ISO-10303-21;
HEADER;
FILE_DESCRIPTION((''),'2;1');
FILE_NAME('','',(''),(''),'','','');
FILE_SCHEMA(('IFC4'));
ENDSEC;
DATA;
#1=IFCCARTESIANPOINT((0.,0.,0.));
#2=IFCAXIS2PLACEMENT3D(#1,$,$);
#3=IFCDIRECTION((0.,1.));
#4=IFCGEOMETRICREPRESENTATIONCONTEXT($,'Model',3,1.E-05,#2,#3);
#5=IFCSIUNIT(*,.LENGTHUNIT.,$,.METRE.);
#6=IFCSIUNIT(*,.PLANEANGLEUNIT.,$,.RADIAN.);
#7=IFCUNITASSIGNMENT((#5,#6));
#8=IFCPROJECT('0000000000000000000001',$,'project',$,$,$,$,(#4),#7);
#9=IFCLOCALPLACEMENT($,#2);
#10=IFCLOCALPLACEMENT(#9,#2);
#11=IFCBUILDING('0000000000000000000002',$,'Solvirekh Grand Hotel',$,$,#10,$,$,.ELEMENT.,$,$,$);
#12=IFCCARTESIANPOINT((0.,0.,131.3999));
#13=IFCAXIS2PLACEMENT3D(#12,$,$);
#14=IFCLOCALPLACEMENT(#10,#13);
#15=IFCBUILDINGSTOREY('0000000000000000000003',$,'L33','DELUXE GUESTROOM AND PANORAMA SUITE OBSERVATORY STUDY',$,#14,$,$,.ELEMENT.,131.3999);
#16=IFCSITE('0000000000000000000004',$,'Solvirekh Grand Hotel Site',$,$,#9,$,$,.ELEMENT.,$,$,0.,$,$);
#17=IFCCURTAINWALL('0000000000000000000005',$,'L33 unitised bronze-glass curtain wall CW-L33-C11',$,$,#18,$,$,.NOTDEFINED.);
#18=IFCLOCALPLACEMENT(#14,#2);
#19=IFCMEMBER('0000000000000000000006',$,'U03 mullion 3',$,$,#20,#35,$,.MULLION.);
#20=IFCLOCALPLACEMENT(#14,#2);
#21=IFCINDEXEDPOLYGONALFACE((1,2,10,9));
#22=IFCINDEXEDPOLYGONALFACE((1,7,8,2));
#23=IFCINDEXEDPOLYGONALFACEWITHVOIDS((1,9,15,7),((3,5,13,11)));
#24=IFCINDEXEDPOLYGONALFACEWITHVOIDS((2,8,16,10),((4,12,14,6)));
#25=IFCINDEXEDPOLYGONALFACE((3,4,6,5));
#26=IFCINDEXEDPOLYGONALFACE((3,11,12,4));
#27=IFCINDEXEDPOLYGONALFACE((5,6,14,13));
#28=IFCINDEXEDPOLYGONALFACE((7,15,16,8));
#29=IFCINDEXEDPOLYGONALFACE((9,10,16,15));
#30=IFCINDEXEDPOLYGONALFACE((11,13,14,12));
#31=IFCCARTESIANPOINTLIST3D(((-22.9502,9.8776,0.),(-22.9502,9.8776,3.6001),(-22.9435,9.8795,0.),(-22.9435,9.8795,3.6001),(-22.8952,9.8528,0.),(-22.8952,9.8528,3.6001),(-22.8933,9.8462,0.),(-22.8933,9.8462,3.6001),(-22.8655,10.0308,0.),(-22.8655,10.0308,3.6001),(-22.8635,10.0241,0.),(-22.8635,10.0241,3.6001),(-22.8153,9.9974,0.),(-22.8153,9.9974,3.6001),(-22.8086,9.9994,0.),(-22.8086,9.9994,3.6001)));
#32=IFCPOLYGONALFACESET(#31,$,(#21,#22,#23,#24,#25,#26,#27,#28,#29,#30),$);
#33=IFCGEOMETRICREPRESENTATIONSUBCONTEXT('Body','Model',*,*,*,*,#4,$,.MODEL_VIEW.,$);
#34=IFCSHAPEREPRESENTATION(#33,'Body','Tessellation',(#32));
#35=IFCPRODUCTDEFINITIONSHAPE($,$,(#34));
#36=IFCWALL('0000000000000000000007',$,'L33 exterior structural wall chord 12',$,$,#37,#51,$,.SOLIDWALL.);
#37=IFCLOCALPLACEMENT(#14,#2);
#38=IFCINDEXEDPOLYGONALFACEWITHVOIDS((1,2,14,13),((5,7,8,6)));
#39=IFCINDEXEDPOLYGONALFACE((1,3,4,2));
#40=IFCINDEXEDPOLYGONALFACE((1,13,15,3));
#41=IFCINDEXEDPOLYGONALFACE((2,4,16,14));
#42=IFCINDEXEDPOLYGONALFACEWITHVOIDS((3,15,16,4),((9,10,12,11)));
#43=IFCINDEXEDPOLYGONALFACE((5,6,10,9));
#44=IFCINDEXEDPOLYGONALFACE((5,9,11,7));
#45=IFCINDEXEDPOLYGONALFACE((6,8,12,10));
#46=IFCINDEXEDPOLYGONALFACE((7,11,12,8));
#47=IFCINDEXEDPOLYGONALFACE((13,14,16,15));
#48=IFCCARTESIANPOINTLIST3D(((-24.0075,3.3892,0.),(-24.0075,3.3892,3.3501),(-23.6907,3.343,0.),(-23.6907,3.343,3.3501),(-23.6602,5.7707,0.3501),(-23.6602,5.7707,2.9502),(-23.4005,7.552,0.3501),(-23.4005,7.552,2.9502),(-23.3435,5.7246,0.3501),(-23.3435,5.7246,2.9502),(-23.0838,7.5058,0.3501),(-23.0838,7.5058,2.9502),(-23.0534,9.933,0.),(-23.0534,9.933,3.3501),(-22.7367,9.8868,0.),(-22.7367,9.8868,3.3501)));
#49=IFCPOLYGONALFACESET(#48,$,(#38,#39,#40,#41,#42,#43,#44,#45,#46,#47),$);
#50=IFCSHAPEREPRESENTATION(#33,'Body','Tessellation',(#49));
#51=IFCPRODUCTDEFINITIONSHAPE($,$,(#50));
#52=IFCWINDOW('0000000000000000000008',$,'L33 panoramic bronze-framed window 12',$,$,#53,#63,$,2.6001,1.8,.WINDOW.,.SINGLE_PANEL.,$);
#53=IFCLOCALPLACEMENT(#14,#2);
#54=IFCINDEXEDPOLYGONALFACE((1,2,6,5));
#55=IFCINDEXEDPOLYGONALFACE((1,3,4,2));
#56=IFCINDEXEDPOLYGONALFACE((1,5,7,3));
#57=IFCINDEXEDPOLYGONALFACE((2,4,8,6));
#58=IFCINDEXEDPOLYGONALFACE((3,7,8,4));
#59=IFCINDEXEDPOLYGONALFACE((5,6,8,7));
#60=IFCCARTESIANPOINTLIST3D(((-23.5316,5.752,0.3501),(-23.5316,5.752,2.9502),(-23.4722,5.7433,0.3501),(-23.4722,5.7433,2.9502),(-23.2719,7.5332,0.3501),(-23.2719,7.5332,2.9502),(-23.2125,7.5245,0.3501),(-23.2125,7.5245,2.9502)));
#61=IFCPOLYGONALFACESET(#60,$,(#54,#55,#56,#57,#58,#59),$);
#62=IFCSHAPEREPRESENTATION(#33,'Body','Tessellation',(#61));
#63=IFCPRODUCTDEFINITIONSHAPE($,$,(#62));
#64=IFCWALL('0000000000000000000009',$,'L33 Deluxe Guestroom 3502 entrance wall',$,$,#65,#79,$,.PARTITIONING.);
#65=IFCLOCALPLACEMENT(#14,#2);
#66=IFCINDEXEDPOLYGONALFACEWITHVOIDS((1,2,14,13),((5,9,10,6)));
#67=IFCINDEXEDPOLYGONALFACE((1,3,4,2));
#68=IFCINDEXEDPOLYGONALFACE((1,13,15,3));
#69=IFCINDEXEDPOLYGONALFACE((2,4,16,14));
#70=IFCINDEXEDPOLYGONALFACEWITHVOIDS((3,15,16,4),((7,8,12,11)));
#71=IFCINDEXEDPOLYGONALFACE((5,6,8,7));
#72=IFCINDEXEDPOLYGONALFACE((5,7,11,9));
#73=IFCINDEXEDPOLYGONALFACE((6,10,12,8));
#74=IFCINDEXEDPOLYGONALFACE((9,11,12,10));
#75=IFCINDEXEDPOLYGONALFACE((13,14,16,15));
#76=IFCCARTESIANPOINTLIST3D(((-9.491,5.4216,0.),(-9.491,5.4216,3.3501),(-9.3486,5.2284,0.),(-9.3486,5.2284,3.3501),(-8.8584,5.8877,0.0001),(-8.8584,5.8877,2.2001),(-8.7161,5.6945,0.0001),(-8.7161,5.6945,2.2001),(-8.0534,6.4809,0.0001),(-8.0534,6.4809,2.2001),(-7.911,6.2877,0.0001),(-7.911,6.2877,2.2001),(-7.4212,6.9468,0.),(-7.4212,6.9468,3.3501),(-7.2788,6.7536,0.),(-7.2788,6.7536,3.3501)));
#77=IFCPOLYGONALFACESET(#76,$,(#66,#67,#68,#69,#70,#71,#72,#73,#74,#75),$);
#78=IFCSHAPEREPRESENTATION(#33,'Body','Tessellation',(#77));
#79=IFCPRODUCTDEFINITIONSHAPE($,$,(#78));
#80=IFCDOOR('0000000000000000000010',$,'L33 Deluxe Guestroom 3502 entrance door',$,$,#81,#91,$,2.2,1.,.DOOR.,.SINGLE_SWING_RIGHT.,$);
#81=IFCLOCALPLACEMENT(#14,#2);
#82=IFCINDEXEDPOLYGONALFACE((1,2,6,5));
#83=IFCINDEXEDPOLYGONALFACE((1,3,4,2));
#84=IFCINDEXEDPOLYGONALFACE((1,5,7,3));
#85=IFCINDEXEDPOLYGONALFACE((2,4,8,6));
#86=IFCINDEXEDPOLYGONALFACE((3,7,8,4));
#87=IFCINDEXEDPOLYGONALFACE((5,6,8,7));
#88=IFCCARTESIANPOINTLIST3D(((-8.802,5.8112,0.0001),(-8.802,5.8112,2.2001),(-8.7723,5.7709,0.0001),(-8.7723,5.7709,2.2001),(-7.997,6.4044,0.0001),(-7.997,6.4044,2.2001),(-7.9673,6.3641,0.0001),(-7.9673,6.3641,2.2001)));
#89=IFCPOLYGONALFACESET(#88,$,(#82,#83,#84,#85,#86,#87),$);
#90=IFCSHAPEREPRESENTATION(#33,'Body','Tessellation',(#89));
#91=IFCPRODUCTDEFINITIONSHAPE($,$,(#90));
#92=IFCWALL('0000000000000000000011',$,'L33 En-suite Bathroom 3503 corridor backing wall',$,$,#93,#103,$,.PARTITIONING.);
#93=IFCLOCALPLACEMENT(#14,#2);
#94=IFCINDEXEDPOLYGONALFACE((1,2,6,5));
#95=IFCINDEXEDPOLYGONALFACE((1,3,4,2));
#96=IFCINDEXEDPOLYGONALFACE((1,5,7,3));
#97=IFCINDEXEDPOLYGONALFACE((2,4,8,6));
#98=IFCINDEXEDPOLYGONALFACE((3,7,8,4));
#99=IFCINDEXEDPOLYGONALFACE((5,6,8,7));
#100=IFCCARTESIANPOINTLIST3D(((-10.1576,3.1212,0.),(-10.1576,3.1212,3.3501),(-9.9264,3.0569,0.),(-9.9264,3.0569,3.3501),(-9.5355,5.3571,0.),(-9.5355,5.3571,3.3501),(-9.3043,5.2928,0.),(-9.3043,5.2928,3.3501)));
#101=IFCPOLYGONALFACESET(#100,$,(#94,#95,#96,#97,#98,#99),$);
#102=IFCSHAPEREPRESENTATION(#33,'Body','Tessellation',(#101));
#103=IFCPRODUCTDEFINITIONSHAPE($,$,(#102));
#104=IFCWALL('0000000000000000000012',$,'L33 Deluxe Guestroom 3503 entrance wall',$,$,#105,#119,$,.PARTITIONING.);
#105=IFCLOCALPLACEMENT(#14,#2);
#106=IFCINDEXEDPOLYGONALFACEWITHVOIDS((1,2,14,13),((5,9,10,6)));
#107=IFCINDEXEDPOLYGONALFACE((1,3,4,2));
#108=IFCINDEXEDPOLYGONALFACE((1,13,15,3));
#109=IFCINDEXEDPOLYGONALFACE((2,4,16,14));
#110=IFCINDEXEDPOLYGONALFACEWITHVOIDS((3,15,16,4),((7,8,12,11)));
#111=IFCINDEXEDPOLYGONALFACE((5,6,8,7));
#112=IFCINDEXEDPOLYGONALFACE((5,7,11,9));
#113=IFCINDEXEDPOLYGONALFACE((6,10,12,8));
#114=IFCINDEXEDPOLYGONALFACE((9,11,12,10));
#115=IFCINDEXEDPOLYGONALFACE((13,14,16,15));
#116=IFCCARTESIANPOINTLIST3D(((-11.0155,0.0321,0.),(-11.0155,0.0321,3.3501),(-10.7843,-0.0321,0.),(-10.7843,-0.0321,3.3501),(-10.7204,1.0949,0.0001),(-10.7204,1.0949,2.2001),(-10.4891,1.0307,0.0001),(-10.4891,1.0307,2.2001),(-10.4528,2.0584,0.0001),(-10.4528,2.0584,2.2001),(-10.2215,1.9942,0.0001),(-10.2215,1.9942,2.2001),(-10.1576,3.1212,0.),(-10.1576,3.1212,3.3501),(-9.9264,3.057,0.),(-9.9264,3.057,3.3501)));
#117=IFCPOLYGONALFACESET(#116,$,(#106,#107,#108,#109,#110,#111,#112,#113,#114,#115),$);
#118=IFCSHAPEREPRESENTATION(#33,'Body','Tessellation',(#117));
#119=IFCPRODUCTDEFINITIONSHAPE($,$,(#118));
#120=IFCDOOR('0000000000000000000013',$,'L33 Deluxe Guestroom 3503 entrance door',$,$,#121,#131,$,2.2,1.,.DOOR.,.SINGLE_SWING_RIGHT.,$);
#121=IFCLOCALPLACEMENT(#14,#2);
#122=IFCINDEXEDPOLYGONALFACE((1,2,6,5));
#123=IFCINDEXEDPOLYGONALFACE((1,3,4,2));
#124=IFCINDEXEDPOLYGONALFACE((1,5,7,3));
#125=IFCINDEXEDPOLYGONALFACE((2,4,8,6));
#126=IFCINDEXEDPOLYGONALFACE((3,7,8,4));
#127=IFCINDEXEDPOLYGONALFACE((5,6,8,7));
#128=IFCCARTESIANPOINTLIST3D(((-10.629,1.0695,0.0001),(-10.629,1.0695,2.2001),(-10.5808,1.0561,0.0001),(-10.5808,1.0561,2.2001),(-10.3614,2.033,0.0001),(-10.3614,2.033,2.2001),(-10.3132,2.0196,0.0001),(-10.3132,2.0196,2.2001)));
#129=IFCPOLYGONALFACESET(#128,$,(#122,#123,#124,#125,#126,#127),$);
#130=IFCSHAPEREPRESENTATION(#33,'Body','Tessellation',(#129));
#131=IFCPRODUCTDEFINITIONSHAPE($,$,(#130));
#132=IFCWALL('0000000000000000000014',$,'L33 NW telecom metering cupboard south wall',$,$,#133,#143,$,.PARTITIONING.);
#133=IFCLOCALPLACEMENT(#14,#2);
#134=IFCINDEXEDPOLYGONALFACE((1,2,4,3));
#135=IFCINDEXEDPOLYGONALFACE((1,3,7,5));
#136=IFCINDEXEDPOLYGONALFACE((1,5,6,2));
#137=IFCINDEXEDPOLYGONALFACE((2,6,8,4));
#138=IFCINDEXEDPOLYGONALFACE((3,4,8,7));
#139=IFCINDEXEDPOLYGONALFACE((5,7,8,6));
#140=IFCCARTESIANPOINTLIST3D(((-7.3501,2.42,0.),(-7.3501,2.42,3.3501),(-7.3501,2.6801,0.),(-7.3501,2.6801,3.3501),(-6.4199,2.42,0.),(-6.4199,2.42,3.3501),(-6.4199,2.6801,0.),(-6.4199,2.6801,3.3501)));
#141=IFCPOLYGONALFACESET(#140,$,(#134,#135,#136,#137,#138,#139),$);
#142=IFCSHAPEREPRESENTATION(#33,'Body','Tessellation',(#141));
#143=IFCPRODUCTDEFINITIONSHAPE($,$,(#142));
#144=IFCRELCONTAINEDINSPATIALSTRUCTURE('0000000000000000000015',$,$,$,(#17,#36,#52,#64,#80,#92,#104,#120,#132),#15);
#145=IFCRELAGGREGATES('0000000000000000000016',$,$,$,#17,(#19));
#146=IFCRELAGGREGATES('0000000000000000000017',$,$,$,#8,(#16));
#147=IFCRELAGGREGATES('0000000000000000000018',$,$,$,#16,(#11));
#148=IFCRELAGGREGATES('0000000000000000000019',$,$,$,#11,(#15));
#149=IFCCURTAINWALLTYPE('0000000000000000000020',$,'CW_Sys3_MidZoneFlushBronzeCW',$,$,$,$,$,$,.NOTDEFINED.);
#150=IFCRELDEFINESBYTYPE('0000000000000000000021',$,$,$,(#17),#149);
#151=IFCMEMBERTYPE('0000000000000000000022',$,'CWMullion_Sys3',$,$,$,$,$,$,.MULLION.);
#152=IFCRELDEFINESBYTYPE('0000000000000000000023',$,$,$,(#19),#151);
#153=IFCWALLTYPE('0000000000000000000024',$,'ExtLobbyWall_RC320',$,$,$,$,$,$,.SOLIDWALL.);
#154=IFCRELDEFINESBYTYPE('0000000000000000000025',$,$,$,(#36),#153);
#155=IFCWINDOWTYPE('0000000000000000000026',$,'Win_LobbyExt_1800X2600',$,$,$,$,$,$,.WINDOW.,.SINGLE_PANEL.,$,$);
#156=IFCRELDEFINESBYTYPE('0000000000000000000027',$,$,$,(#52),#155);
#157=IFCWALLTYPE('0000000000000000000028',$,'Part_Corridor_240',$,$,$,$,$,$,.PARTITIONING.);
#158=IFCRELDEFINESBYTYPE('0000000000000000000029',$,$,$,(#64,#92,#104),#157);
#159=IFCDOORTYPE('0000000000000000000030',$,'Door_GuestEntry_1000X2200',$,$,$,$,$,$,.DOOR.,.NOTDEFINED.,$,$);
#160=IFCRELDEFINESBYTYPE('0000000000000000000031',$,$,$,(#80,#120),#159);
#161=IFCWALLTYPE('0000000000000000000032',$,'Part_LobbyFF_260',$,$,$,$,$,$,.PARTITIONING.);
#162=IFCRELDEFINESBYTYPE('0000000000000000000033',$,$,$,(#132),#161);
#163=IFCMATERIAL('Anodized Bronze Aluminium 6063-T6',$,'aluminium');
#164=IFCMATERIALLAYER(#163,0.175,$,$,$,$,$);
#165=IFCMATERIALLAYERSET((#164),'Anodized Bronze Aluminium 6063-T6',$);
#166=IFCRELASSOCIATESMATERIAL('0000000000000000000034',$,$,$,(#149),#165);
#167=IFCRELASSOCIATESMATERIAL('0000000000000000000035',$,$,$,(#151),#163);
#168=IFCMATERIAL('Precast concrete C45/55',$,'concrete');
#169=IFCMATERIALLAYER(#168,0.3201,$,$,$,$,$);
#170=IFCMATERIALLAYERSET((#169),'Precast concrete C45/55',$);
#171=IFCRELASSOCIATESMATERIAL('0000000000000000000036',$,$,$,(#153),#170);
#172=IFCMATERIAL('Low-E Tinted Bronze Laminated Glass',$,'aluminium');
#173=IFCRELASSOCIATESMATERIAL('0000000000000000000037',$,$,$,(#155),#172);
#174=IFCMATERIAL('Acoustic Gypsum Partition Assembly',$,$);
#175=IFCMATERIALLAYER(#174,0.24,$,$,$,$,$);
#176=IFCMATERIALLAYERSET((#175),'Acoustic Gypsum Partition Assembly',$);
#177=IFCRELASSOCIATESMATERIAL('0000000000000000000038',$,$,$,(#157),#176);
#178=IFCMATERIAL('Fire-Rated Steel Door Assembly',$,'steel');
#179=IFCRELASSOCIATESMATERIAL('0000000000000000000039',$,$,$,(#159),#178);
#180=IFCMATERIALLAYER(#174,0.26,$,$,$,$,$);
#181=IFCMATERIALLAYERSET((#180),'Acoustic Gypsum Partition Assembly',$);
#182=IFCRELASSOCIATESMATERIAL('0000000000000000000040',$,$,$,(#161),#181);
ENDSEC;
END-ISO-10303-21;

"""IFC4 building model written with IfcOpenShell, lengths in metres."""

from ifc_helpers import new_model, si_unit, direction, frame, frame_2d, origin, origin_2d, place, context, subcontext, project, spatial, rectangle, hollow_rectangle, extrude, source, transform, mapped, material, layer, layer_set, material_profile, profile_set, type_object, element, fill, aggregate, save


model = new_model("IFC4")

# Units and contexts
model_context = context("Model", 3, precision=1e-05, world=origin(), true_north=direction((0.0, 1.0)))
body_context = subcontext(model_context, "Body", "Model", "MODEL_VIEW")
ifc_project = project(units=[si_unit("LENGTHUNIT", "METRE"), si_unit("PLANEANGLEUNIT", "RADIAN")], contexts=[model_context])

# Site, building, storey
site_placement = place(None, origin())
site = spatial("IfcSite", under=ifc_project, at=site_placement, Name="Solvirekh Grand Hotel Site", CompositionType="ELEMENT", RefElevation=0.0)
building_placement = place(site_placement, origin())
building = spatial("IfcBuilding", under=site, at=building_placement, Name="Solvirekh Grand Hotel", CompositionType="ELEMENT")
storey_placement = place(building_placement, frame((0.0, 0.0, 131.3999)))
storey = spatial("IfcBuildingStorey", under=building, at=storey_placement, Name="L33", Description="DELUXE GUESTROOM AND PANORAMA SUITE OBSERVATORY STUDY", CompositionType="ELEMENT", Elevation=131.3999)

# Curtain wall, member
ifc_material_1 = material(Name="Anodized Bronze Aluminium 6063-T6", Category="aluminium")
ifc_layer_1 = layer(ifc_material_1, 0.175)
ifc_layer_set_1 = layer_set([ifc_layer_1], Name="Anodized Bronze Aluminium 6063-T6")
curtain_wall_type = type_object("IfcCurtainWallType", Name="CW_Sys3_MidZoneFlushBronzeCW", PredefinedType="NOTDEFINED", material=ifc_layer_set_1)
curtain_wall_placement = place(storey_placement, origin())
curtain_wall = element("IfcCurtainWall", 1, at=curtain_wall_placement, inside=storey, type_object=curtain_wall_type, Name="L33 unitised bronze-glass curtain wall CW-L33-C11", PredefinedType="NOTDEFINED")
ifc_material_profile_1 = material_profile(ifc_material_1, hollow_rectangle(XDim=0.0649, YDim=0.175, WallThickness=0.0049, at=origin_2d()), Name="ALU RHS 175X65X5")
ifc_profile_set_1 = profile_set([ifc_material_profile_1], Name="Anodized Bronze Aluminium 6063-T6")
member_type = type_object("IfcMemberType", Name="CWMullion_Sys3", PredefinedType="MULLION", material=ifc_profile_set_1)
shared_shape = source(origin(), body_context, "Body", "SweptSolid", [
    extrude(hollow_rectangle(XDim=0.0649, YDim=0.175, WallThickness=0.0049, at=origin_2d()), origin(), (0.0, 0.0, 1.0), 3.6001),
])
member_placement = place(storey_placement, frame((-22.8794, 9.9385, 0.0), z_axis=(0.0, 0.0, 1.0), x_axis=(0.875133, -0.483882, 0.0)))
member = element("IfcMember", 2, at=member_placement, type_object=member_type, Name="U03 mullion 3", PredefinedType="MULLION", context=body_context, shape_type="MappedRepresentation", body=[
    mapped(shared_shape, transform((0.0, 0.0, 0.0), x_axis=(1.0, 0.0, 0.0), y_axis=(0.0, 1.0, 0.0), z_axis=(0.0, 0.0, 1.0), scale=1.0)),
])
aggregate(curtain_wall, [member])

# Wall, opening, window
ifc_material_2 = material(Name="Precast concrete C45/55", Category="concrete")
ifc_layer_2 = layer(ifc_material_2, 0.3201)
ifc_layer_set_2 = layer_set([ifc_layer_2], Name="Precast concrete C45/55")
wall_type_1 = type_object("IfcWallType", Name="ExtLobbyWall_RC320", PredefinedType="SOLIDWALL", material=ifc_layer_set_2)
wall_1_placement = place(storey_placement, frame((-23.8491, 3.366, 0.0), z_axis=(0.0, 0.0, 1.0), x_axis=(0.144274, 0.989538, 0.0)))
wall_1 = element("IfcWall", 3, at=wall_1_placement, inside=storey, type_object=wall_type_1, Name="L33 exterior structural wall chord 12", PredefinedType="SOLIDWALL", context=body_context, shape_type="SweptSolid", body=[
    extrude(rectangle(XDim=6.613, YDim=0.3201, at=frame_2d((3.3066, 0.0))), origin(), (0.0, 0.0, 1.0), 3.3501),
])
opening_1_placement = place(wall_1_placement, frame((2.407, 0.0, 0.3501)))
opening_1 = element("IfcOpeningElement", 4, at=opening_1_placement, cuts=wall_1, PredefinedType="OPENING", context=body_context, shape_type="SweptSolid", body=[
    extrude(rectangle(XDim=1.8, YDim=2.6001, at=frame_2d((0.8999, 1.3))), frame((0.0, 0.1699, 0.0), z_axis=(0.0, -1.0, 0.0), x_axis=(1.0, 0.0, 0.0)), (0.0, 0.0, 1.0), 0.3401),
])
ifc_material_3 = material(Name="Low-E Tinted Bronze Laminated Glass", Category="aluminium")
window_type = type_object("IfcWindowType", Name="Win_LobbyExt_1800X2600", PartitioningType="SINGLE_PANEL", PredefinedType="WINDOW", material=ifc_material_3)
window_placement = place(opening_1_placement, origin())
window = element("IfcWindow", 5, at=window_placement, inside=storey, type_object=window_type, Name="L33 panoramic bronze-framed window 12", OverallHeight=2.6001, OverallWidth=1.8, PartitioningType="SINGLE_PANEL", PredefinedType="WINDOW", context=body_context, shape_type="SweptSolid", body=[
    extrude(rectangle(XDim=1.8, YDim=2.6001, at=frame_2d((0.8999, 1.3))), frame((0.0, 0.03, 0.0), z_axis=(0.0, -1.0, 0.0), x_axis=(1.0, 0.0, 0.0)), (0.0, 0.0, 1.0), 0.0601),
])
fill(opening_1, window)

# Wall, opening, door
ifc_material_4 = material(Name="Acoustic Gypsum Partition Assembly")
ifc_layer_3 = layer(ifc_material_4, 0.24)
ifc_layer_set_3 = layer_set([ifc_layer_3], Name="Acoustic Gypsum Partition Assembly")
wall_type_2 = type_object("IfcWallType", Name="Part_Corridor_240", PredefinedType="PARTITIONING", material=ifc_layer_set_3)
wall_2_placement = place(storey_placement, frame((-9.4199, 5.325, 0.0), z_axis=(0.0, 0.0, 1.0), x_axis=(0.805053, 0.593202, 0.0)))
wall_2 = element("IfcWall", 6, at=wall_2_placement, inside=storey, type_object=wall_type_2, Name="L33 Deluxe Guestroom 3502 entrance wall", PredefinedType="PARTITIONING", context=body_context, shape_type="SweptSolid", body=[
    extrude(rectangle(XDim=2.571, YDim=0.24, at=frame_2d((1.2856, 0.0))), origin(), (0.0, 0.0, 1.0), 3.3501),
])
opening_2_placement = place(wall_2_placement, frame((0.7859, 0.0, 0.0)))
opening_2 = element("IfcOpeningElement", 7, at=opening_2_placement, cuts=wall_2, PredefinedType="OPENING", context=body_context, shape_type="SweptSolid", body=[
    extrude(rectangle(XDim=1.0, YDim=2.2, at=frame_2d((0.5, 1.1001))), frame((0.0, 0.1299, 0.0), z_axis=(0.0, -1.0, 0.0), x_axis=(1.0, 0.0, 0.0)), (0.0, 0.0, 1.0), 0.26),
])
ifc_material_5 = material(Name="Fire-Rated Steel Door Assembly", Category="steel")
door_type_1 = type_object("IfcDoorType", Name="Door_GuestEntry_1000X2200", OperationType="NOTDEFINED", PredefinedType="DOOR", material=ifc_material_5)
door_1_placement = place(opening_2_placement, origin())
door_1 = element("IfcDoor", 8, at=door_1_placement, inside=storey, type_object=door_type_1, Name="L33 Deluxe Guestroom 3502 entrance door", OperationType="SINGLE_SWING_RIGHT", OverallHeight=2.2, OverallWidth=1.0, PredefinedType="DOOR", context=body_context, shape_type="SweptSolid", body=[
    extrude(rectangle(XDim=1.0, YDim=2.2, at=frame_2d((0.5, 1.1001))), frame((0.0, 0.0249, 0.0), z_axis=(0.0, -1.0, 0.0), x_axis=(1.0, 0.0, 0.0)), (0.0, 0.0, 1.0), 0.05),
])
fill(opening_2, door_1)

# Wall
wall_3_placement = place(storey_placement, frame((-9.4199, 5.325, 0.0), z_axis=(0.0, 0.0, 1.0), x_axis=(-0.268045, -0.963406, 0.0)))
element("IfcWall", 9, at=wall_3_placement, inside=storey, type_object=wall_type_2, Name="L33 En-suite Bathroom 3503 corridor backing wall", PredefinedType="PARTITIONING", context=body_context, shape_type="SweptSolid", body=[
    extrude(rectangle(XDim=2.3208, YDim=0.24, at=frame_2d((1.1604, 0.0))), origin(), (0.0, 0.0, 1.0), 3.3501),
])

# Wall, opening, door
wall_4_placement = place(storey_placement, frame((-10.042, 3.0891, 0.0), z_axis=(0.0, 0.0, 1.0), x_axis=(-0.267593, -0.963532, 0.0)))
wall_4 = element("IfcWall", 10, at=wall_4_placement, inside=storey, type_object=wall_type_2, Name="L33 Deluxe Guestroom 3503 entrance wall", PredefinedType="PARTITIONING", context=body_context, shape_type="SweptSolid", body=[
    extrude(rectangle(XDim=3.2061, YDim=0.24, at=frame_2d((1.603, 0.0))), origin(), (0.0, 0.0, 1.0), 3.3501),
])
opening_3_placement = place(wall_4_placement, frame((1.103, 0.0, 0.0)))
opening_3 = element("IfcOpeningElement", 11, at=opening_3_placement, cuts=wall_4, PredefinedType="OPENING", context=body_context, shape_type="SweptSolid", body=[
    extrude(rectangle(XDim=1.0, YDim=2.2, at=frame_2d((0.5, 1.1001))), frame((0.0, 0.1299, 0.0), z_axis=(0.0, -1.0, 0.0), x_axis=(1.0, 0.0, 0.0)), (0.0, 0.0, 1.0), 0.26),
])
door_2_placement = place(opening_3_placement, origin())
door_2 = element("IfcDoor", 12, at=door_2_placement, inside=storey, type_object=door_type_1, Name="L33 Deluxe Guestroom 3503 entrance door", OperationType="SINGLE_SWING_RIGHT", OverallHeight=2.2, OverallWidth=1.0, PredefinedType="DOOR", context=body_context, shape_type="SweptSolid", body=[
    extrude(rectangle(XDim=1.0, YDim=2.2, at=frame_2d((0.5, 1.1001))), frame((0.0, 0.0249, 0.0), z_axis=(0.0, -1.0, 0.0), x_axis=(1.0, 0.0, 0.0)), (0.0, 0.0, 1.0), 0.05),
])
fill(opening_3, door_2)

# Wall
ifc_layer_4 = layer(ifc_material_4, 0.26)
ifc_layer_set_4 = layer_set([ifc_layer_4], Name="Acoustic Gypsum Partition Assembly")
wall_type_3 = type_object("IfcWallType", Name="Part_LobbyFF_260", PredefinedType="PARTITIONING", material=ifc_layer_set_4)
wall_5_placement = place(storey_placement, frame((-7.3501, 2.55, 0.0), z_axis=(0.0, 0.0, 1.0), x_axis=(1.0, 0.0, 0.0)))
element("IfcWall", 13, at=wall_5_placement, inside=storey, type_object=wall_type_3, Name="L33 NW telecom metering cupboard south wall", PredefinedType="PARTITIONING", context=body_context, shape_type="SweptSolid", body=[
    extrude(rectangle(XDim=0.9302, YDim=0.26, at=frame_2d((0.4651, 0.0))), origin(), (0.0, 0.0, 1.0), 3.3501),
])

save(model, "model.ifc")
